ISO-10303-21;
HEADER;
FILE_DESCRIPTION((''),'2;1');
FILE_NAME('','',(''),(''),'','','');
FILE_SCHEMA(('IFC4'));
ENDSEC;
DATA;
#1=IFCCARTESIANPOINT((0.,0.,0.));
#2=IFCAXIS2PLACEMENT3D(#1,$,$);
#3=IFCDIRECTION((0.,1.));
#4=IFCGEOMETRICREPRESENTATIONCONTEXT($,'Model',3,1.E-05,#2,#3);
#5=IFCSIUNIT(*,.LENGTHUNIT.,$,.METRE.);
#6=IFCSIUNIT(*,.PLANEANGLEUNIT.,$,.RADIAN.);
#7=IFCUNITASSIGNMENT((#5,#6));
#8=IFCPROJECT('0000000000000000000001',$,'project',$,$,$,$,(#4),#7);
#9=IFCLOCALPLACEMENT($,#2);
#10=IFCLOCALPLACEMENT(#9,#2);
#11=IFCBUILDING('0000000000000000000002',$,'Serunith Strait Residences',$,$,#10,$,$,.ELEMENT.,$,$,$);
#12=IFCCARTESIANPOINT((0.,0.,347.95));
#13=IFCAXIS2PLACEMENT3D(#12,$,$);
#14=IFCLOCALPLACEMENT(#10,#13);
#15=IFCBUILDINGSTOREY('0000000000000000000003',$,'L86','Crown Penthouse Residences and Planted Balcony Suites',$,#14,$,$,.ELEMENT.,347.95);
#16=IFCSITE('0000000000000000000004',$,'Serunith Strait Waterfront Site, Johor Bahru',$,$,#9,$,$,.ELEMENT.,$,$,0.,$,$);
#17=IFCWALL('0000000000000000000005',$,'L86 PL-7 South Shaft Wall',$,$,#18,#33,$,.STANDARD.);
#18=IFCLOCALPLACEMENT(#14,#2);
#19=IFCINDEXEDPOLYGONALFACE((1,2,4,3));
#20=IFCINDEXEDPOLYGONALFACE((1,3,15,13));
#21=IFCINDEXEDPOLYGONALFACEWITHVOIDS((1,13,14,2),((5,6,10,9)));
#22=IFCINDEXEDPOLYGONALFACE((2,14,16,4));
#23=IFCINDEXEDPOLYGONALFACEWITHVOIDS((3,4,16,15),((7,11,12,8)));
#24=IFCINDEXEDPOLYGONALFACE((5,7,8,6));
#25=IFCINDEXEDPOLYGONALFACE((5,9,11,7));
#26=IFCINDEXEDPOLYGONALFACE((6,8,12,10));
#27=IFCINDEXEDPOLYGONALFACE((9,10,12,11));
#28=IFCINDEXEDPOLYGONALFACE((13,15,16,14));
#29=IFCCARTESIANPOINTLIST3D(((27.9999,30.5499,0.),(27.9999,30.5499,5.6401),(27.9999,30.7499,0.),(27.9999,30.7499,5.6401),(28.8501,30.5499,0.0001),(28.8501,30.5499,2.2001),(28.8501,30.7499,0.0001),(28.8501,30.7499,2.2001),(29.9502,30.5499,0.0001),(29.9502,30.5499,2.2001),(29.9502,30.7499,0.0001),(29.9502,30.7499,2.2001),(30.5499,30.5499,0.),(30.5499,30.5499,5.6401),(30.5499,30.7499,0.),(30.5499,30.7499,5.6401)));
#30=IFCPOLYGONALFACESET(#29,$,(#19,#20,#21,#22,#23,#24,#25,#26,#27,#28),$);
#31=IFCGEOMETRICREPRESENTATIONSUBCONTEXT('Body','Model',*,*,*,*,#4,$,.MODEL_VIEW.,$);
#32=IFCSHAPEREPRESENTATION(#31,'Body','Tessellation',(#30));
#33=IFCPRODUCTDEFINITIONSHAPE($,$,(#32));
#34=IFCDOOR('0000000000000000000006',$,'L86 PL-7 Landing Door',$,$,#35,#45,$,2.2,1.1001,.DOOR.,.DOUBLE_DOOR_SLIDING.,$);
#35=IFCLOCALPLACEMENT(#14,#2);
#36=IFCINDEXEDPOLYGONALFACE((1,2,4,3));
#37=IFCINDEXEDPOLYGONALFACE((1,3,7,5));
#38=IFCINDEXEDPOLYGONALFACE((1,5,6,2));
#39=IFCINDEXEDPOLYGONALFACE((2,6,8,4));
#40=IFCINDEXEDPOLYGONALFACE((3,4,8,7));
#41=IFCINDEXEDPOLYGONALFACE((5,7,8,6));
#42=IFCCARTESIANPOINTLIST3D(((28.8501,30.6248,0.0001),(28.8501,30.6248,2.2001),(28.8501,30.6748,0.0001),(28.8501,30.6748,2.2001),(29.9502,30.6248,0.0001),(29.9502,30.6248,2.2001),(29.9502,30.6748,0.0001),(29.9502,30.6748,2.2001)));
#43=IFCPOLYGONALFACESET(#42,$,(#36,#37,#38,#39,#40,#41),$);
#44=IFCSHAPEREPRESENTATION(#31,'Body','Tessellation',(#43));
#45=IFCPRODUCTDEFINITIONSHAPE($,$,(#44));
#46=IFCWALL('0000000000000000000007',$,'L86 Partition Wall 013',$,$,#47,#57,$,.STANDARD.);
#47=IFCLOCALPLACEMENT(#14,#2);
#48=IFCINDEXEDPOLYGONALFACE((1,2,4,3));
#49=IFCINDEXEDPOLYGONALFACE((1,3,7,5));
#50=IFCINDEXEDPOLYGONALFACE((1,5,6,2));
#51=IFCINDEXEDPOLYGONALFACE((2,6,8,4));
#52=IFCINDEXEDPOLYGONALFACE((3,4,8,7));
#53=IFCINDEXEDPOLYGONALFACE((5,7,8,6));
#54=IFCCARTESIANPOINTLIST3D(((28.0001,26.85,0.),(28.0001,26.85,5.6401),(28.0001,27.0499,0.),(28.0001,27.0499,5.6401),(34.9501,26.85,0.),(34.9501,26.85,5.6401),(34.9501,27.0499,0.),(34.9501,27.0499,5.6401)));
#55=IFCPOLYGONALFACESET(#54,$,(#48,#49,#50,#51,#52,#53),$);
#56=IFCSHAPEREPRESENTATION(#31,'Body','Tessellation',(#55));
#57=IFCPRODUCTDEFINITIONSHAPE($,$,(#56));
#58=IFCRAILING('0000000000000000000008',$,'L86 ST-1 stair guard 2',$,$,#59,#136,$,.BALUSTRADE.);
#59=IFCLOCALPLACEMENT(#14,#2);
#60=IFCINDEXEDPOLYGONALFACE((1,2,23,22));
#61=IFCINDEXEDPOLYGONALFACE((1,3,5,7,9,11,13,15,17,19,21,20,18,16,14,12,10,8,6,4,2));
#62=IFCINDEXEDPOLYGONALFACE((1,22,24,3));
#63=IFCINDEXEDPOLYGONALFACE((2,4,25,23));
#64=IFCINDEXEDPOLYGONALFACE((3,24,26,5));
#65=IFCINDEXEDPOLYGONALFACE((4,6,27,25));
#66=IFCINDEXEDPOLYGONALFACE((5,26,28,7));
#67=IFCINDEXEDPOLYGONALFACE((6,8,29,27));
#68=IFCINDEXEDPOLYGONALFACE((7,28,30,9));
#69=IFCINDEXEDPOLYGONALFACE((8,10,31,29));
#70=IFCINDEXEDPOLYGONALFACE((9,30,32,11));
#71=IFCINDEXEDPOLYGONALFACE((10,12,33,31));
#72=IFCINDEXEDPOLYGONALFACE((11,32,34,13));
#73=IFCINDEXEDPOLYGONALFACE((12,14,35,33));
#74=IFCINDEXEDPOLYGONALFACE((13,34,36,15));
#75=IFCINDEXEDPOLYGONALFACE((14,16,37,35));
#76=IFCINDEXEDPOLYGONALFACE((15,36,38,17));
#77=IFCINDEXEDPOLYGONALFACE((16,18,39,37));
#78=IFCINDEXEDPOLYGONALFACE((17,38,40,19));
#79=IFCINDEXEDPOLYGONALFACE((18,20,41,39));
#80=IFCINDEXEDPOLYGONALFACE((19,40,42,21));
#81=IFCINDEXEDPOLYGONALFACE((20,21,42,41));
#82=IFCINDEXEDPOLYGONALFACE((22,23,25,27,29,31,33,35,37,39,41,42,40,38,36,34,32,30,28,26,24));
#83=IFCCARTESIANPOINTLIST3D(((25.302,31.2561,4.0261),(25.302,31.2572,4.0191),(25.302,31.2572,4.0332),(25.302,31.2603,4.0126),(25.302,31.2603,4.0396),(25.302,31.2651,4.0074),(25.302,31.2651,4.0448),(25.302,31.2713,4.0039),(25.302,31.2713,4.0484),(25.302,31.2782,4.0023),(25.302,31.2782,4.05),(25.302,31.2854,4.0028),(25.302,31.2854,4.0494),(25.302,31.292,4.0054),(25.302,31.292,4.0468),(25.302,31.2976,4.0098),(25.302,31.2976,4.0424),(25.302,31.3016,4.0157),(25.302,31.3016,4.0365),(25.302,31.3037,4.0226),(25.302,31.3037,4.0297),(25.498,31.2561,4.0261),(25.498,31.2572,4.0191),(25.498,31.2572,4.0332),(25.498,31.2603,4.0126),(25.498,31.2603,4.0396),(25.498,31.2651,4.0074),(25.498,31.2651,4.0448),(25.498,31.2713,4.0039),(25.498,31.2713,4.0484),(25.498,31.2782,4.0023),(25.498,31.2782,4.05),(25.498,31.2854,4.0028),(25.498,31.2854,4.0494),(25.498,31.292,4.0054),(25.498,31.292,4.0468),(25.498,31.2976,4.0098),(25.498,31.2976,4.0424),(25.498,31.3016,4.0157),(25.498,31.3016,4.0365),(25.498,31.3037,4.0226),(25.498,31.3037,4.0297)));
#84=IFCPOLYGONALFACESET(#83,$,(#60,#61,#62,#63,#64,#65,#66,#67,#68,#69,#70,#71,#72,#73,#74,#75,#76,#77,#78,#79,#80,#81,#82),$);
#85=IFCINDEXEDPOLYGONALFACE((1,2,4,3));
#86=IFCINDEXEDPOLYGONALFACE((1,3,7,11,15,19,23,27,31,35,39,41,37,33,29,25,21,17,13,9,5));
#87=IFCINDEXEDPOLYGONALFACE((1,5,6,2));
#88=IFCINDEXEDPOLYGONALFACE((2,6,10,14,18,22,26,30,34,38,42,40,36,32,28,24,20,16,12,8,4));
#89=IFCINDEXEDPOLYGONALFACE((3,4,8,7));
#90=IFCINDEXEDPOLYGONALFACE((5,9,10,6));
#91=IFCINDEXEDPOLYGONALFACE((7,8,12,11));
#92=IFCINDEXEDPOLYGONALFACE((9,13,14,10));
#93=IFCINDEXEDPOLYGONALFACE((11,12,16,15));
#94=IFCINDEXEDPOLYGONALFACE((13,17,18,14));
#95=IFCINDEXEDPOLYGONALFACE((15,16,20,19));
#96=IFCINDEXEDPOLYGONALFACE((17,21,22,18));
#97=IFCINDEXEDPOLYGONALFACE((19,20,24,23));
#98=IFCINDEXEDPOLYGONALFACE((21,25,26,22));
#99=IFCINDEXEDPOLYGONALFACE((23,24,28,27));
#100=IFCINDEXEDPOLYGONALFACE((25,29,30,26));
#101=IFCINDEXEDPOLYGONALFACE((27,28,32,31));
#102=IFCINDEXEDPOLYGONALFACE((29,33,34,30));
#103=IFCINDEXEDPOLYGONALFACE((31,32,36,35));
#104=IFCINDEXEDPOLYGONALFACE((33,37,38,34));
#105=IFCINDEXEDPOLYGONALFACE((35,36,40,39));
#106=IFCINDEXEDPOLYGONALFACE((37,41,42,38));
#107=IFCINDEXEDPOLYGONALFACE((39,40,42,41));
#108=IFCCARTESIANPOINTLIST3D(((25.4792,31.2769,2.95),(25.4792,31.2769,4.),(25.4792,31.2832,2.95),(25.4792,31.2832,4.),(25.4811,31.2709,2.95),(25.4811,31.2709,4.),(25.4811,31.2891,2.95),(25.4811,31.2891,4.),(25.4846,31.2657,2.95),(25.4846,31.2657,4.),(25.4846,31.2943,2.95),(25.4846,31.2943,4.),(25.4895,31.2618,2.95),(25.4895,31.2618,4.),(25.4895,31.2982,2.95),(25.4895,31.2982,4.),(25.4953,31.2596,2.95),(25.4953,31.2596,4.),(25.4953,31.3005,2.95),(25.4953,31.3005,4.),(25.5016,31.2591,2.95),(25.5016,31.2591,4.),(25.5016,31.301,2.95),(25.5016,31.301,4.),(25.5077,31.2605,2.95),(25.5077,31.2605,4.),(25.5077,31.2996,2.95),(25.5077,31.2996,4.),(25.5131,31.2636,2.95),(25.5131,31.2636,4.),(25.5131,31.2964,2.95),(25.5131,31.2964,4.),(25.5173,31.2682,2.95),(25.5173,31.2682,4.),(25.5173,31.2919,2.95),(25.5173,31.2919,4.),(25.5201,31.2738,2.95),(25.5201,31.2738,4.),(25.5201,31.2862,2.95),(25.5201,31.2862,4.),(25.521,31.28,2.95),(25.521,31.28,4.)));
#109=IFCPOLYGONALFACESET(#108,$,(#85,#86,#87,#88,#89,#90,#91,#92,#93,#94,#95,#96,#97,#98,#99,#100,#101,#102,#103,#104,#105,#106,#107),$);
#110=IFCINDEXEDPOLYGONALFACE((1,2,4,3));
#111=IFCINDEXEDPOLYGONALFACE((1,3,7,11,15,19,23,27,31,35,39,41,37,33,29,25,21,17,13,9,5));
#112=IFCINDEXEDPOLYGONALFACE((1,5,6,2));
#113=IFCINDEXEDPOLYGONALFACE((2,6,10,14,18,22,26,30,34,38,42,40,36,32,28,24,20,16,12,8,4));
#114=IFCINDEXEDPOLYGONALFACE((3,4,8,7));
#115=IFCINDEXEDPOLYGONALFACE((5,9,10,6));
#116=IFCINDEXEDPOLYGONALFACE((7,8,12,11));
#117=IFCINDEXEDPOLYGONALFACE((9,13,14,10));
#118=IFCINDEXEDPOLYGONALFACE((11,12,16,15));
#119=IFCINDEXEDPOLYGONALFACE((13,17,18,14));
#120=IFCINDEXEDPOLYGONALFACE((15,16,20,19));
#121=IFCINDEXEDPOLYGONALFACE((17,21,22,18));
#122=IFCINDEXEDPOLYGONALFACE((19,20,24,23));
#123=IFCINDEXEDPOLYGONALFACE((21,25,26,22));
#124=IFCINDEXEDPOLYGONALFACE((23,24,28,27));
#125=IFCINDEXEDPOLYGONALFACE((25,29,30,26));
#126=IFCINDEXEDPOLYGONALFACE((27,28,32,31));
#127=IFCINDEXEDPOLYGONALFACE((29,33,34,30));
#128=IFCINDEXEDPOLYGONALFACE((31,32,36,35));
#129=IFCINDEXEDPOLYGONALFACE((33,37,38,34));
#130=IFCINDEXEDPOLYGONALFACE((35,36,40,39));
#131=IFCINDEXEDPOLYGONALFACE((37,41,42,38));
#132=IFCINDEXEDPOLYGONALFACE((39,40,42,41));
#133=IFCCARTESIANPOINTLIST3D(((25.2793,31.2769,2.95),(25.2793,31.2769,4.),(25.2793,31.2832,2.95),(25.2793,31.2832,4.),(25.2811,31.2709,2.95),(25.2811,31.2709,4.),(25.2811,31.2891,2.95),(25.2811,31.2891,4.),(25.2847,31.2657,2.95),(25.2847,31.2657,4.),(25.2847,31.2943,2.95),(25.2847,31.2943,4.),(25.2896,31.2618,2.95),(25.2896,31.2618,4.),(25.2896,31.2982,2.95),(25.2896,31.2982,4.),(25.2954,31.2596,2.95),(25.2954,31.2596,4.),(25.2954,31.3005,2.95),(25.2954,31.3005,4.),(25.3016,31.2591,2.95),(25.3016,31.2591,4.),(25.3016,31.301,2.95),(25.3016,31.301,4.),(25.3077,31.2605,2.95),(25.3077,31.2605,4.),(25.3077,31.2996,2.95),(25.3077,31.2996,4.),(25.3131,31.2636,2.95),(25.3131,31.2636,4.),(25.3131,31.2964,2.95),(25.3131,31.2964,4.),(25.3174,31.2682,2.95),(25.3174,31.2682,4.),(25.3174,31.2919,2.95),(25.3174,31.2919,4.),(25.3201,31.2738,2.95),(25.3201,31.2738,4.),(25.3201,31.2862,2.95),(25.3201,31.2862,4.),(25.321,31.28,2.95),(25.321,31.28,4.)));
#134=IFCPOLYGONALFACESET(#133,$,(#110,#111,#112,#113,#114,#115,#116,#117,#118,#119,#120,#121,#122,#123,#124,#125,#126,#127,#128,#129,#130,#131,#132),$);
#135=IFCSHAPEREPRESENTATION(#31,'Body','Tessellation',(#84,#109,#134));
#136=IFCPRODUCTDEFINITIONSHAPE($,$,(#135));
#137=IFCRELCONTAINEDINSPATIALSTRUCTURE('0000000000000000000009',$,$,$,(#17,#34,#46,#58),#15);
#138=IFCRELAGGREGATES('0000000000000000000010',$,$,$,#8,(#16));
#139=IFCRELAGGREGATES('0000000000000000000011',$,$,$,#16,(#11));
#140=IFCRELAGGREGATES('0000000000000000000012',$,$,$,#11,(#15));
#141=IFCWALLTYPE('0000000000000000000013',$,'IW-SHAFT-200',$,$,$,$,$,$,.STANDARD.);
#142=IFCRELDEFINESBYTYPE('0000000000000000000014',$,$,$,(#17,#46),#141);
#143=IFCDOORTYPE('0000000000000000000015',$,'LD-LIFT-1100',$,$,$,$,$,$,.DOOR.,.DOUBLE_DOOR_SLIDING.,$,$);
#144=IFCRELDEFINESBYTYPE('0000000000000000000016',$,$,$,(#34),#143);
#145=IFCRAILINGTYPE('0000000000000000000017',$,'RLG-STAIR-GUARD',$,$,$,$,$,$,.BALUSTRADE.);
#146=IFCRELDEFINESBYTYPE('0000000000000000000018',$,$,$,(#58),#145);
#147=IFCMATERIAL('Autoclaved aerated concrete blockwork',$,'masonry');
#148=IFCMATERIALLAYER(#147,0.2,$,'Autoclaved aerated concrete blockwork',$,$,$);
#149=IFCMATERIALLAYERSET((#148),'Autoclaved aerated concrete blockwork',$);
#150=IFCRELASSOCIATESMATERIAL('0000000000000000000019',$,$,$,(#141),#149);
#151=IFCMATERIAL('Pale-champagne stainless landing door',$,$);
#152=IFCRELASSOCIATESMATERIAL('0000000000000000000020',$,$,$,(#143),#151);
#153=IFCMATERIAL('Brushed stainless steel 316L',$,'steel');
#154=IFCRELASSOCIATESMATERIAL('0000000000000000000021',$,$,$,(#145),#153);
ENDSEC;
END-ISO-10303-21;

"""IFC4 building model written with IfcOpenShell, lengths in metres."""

from ifc_helpers import new_model, si_unit, direction, frame, frame_2d, origin, origin_2d, place, context, subcontext, project, spatial, rectangle, circle, extrude, source, transform, mapped, material, layer, layer_set, type_object, element, fill, save


model = new_model("IFC4")

# Units and contexts
model_context = context("Model", 3, precision=1e-05, world=origin(), true_north=direction((0.0, 1.0)))
body_context = subcontext(model_context, "Body", "Model", "MODEL_VIEW")
ifc_project = project(units=[si_unit("LENGTHUNIT", "METRE"), si_unit("PLANEANGLEUNIT", "RADIAN")], contexts=[model_context])

# Site, building, storey
site_placement = place(None, origin())
site = spatial("IfcSite", under=ifc_project, at=site_placement, Name="Serunith Strait Waterfront Site, Johor Bahru", CompositionType="ELEMENT", RefElevation=0.0)
building_placement = place(site_placement, origin())
building = spatial("IfcBuilding", under=site, at=building_placement, Name="Serunith Strait Residences", CompositionType="ELEMENT")
storey_placement = place(building_placement, frame((0.0, 0.0, 347.95)))
storey = spatial("IfcBuildingStorey", under=building, at=storey_placement, Name="L86", Description="Crown Penthouse Residences and Planted Balcony Suites", CompositionType="ELEMENT", Elevation=347.95)

# Wall, opening, door
ifc_material_1 = material(Name="Autoclaved aerated concrete blockwork", Category="masonry")
ifc_layer_1 = layer(ifc_material_1, 0.2, Name="Autoclaved aerated concrete blockwork")
ifc_layer_set_1 = layer_set([ifc_layer_1], Name="Autoclaved aerated concrete blockwork")
wall_type_1 = type_object("IfcWallType", Name="IW-SHAFT-200", PredefinedType="STANDARD", material=ifc_layer_set_1)
wall_1_placement = place(storey_placement, frame((28.0, 30.6499, 0.0), z_axis=(0.0, 0.0, 1.0), x_axis=(1.0, 0.0, 0.0)))
wall_1 = element("IfcWall", 1, at=wall_1_placement, inside=storey, type_object=wall_type_1, Name="L86 PL-7 South Shaft Wall", PredefinedType="STANDARD", context=body_context, shape_type="SweptSolid", body=[
    extrude(rectangle(XDim=2.55, YDim=0.2, at=frame_2d((1.2749, 0.0))), origin(), (0.0, 0.0, 1.0), 5.6401),
])
opening_1_placement = place(wall_1_placement, frame((0.8501, 0.0, 0.0)))
opening_1 = element("IfcOpeningElement", 2, at=opening_1_placement, cuts=wall_1, PredefinedType="OPENING", context=body_context, shape_type="SweptSolid", body=[
    extrude(rectangle(XDim=1.1001, YDim=2.2, at=frame_2d((0.55, 1.1001))), frame((0.0, 0.1099, 0.0), z_axis=(0.0, -1.0, 0.0), x_axis=(1.0, 0.0, 0.0)), (0.0, 0.0, 1.0), 0.22),
])
ifc_material_2 = material(Name="Pale-champagne stainless landing door")
door_type_1 = type_object("IfcDoorType", Name="LD-LIFT-1100", OperationType="DOUBLE_DOOR_SLIDING", PredefinedType="DOOR", material=ifc_material_2)
shared_shape_1 = source(origin(), body_context, "Body", "SweptSolid", [
    extrude(rectangle(XDim=1.1001, YDim=2.2, at=frame_2d((0.55, 1.1001))), frame((0.0, 0.0249, 0.0), z_axis=(0.0, -1.0, 0.0), x_axis=(1.0, 0.0, 0.0)), (0.0, 0.0, 1.0), 0.05),
])
door_1_placement = place(opening_1_placement, origin())
door_1 = element("IfcDoor", 3, at=door_1_placement, inside=storey, type_object=door_type_1, Name="L86 PL-7 Landing Door", OperationType="DOUBLE_DOOR_SLIDING", OverallHeight=2.2, OverallWidth=1.1001, PredefinedType="DOOR", context=body_context, shape_type="MappedRepresentation", body=[
    mapped(shared_shape_1, transform((0.0, 0.0, 0.0), scale=1.0)),
])
fill(opening_1, door_1)

# Wall
wall_2_placement = place(storey_placement, frame((28.0, 26.95, 0.0), z_axis=(0.0, 0.0, 1.0), x_axis=(1.0, 0.0, 0.0)))
element("IfcWall", 4, at=wall_2_placement, inside=storey, type_object=wall_type_1, Name="L86 Partition Wall 013", PredefinedType="STANDARD", context=body_context, shape_type="SweptSolid", body=[
    extrude(rectangle(XDim=6.95, YDim=0.2, at=frame_2d((3.4751, 0.0))), origin(), (0.0, 0.0, 1.0), 5.6401),
])

# Railing
ifc_material_3 = material(Name="Brushed stainless steel 316L", Category="steel")
railing_type_1 = type_object("IfcRailingType", Name="RLG-STAIR-GUARD", PredefinedType="BALUSTRADE", material=ifc_material_3)
railing_1_placement = place(storey_placement, frame((25.5, 31.28, 2.95)))
element("IfcRailing", 5, at=railing_1_placement, inside=storey, type_object=railing_type_1, Name="L86 ST-1 stair guard 2", PredefinedType="BALUSTRADE", context=body_context, shape_type="SweptSolid", body=[
    extrude(circle(Radius=0.0239, at=origin_2d()), frame((-0.002, 0.0, 1.0762), z_axis=(-1.0, 0.0, 0.0), x_axis=(0.0, -1.0, 0.0)), (0.0, 0.0, 1.0), 0.196),
    extrude(circle(Radius=0.021, at=origin_2d()), origin(), (0.0, 0.0, 1.0), 1.05),
    extrude(circle(Radius=0.021, at=origin_2d()), frame((-0.2, 0.0, 0.0)), (0.0, 0.0, 1.0), 1.05),
])

save(model, "model.ifc")
